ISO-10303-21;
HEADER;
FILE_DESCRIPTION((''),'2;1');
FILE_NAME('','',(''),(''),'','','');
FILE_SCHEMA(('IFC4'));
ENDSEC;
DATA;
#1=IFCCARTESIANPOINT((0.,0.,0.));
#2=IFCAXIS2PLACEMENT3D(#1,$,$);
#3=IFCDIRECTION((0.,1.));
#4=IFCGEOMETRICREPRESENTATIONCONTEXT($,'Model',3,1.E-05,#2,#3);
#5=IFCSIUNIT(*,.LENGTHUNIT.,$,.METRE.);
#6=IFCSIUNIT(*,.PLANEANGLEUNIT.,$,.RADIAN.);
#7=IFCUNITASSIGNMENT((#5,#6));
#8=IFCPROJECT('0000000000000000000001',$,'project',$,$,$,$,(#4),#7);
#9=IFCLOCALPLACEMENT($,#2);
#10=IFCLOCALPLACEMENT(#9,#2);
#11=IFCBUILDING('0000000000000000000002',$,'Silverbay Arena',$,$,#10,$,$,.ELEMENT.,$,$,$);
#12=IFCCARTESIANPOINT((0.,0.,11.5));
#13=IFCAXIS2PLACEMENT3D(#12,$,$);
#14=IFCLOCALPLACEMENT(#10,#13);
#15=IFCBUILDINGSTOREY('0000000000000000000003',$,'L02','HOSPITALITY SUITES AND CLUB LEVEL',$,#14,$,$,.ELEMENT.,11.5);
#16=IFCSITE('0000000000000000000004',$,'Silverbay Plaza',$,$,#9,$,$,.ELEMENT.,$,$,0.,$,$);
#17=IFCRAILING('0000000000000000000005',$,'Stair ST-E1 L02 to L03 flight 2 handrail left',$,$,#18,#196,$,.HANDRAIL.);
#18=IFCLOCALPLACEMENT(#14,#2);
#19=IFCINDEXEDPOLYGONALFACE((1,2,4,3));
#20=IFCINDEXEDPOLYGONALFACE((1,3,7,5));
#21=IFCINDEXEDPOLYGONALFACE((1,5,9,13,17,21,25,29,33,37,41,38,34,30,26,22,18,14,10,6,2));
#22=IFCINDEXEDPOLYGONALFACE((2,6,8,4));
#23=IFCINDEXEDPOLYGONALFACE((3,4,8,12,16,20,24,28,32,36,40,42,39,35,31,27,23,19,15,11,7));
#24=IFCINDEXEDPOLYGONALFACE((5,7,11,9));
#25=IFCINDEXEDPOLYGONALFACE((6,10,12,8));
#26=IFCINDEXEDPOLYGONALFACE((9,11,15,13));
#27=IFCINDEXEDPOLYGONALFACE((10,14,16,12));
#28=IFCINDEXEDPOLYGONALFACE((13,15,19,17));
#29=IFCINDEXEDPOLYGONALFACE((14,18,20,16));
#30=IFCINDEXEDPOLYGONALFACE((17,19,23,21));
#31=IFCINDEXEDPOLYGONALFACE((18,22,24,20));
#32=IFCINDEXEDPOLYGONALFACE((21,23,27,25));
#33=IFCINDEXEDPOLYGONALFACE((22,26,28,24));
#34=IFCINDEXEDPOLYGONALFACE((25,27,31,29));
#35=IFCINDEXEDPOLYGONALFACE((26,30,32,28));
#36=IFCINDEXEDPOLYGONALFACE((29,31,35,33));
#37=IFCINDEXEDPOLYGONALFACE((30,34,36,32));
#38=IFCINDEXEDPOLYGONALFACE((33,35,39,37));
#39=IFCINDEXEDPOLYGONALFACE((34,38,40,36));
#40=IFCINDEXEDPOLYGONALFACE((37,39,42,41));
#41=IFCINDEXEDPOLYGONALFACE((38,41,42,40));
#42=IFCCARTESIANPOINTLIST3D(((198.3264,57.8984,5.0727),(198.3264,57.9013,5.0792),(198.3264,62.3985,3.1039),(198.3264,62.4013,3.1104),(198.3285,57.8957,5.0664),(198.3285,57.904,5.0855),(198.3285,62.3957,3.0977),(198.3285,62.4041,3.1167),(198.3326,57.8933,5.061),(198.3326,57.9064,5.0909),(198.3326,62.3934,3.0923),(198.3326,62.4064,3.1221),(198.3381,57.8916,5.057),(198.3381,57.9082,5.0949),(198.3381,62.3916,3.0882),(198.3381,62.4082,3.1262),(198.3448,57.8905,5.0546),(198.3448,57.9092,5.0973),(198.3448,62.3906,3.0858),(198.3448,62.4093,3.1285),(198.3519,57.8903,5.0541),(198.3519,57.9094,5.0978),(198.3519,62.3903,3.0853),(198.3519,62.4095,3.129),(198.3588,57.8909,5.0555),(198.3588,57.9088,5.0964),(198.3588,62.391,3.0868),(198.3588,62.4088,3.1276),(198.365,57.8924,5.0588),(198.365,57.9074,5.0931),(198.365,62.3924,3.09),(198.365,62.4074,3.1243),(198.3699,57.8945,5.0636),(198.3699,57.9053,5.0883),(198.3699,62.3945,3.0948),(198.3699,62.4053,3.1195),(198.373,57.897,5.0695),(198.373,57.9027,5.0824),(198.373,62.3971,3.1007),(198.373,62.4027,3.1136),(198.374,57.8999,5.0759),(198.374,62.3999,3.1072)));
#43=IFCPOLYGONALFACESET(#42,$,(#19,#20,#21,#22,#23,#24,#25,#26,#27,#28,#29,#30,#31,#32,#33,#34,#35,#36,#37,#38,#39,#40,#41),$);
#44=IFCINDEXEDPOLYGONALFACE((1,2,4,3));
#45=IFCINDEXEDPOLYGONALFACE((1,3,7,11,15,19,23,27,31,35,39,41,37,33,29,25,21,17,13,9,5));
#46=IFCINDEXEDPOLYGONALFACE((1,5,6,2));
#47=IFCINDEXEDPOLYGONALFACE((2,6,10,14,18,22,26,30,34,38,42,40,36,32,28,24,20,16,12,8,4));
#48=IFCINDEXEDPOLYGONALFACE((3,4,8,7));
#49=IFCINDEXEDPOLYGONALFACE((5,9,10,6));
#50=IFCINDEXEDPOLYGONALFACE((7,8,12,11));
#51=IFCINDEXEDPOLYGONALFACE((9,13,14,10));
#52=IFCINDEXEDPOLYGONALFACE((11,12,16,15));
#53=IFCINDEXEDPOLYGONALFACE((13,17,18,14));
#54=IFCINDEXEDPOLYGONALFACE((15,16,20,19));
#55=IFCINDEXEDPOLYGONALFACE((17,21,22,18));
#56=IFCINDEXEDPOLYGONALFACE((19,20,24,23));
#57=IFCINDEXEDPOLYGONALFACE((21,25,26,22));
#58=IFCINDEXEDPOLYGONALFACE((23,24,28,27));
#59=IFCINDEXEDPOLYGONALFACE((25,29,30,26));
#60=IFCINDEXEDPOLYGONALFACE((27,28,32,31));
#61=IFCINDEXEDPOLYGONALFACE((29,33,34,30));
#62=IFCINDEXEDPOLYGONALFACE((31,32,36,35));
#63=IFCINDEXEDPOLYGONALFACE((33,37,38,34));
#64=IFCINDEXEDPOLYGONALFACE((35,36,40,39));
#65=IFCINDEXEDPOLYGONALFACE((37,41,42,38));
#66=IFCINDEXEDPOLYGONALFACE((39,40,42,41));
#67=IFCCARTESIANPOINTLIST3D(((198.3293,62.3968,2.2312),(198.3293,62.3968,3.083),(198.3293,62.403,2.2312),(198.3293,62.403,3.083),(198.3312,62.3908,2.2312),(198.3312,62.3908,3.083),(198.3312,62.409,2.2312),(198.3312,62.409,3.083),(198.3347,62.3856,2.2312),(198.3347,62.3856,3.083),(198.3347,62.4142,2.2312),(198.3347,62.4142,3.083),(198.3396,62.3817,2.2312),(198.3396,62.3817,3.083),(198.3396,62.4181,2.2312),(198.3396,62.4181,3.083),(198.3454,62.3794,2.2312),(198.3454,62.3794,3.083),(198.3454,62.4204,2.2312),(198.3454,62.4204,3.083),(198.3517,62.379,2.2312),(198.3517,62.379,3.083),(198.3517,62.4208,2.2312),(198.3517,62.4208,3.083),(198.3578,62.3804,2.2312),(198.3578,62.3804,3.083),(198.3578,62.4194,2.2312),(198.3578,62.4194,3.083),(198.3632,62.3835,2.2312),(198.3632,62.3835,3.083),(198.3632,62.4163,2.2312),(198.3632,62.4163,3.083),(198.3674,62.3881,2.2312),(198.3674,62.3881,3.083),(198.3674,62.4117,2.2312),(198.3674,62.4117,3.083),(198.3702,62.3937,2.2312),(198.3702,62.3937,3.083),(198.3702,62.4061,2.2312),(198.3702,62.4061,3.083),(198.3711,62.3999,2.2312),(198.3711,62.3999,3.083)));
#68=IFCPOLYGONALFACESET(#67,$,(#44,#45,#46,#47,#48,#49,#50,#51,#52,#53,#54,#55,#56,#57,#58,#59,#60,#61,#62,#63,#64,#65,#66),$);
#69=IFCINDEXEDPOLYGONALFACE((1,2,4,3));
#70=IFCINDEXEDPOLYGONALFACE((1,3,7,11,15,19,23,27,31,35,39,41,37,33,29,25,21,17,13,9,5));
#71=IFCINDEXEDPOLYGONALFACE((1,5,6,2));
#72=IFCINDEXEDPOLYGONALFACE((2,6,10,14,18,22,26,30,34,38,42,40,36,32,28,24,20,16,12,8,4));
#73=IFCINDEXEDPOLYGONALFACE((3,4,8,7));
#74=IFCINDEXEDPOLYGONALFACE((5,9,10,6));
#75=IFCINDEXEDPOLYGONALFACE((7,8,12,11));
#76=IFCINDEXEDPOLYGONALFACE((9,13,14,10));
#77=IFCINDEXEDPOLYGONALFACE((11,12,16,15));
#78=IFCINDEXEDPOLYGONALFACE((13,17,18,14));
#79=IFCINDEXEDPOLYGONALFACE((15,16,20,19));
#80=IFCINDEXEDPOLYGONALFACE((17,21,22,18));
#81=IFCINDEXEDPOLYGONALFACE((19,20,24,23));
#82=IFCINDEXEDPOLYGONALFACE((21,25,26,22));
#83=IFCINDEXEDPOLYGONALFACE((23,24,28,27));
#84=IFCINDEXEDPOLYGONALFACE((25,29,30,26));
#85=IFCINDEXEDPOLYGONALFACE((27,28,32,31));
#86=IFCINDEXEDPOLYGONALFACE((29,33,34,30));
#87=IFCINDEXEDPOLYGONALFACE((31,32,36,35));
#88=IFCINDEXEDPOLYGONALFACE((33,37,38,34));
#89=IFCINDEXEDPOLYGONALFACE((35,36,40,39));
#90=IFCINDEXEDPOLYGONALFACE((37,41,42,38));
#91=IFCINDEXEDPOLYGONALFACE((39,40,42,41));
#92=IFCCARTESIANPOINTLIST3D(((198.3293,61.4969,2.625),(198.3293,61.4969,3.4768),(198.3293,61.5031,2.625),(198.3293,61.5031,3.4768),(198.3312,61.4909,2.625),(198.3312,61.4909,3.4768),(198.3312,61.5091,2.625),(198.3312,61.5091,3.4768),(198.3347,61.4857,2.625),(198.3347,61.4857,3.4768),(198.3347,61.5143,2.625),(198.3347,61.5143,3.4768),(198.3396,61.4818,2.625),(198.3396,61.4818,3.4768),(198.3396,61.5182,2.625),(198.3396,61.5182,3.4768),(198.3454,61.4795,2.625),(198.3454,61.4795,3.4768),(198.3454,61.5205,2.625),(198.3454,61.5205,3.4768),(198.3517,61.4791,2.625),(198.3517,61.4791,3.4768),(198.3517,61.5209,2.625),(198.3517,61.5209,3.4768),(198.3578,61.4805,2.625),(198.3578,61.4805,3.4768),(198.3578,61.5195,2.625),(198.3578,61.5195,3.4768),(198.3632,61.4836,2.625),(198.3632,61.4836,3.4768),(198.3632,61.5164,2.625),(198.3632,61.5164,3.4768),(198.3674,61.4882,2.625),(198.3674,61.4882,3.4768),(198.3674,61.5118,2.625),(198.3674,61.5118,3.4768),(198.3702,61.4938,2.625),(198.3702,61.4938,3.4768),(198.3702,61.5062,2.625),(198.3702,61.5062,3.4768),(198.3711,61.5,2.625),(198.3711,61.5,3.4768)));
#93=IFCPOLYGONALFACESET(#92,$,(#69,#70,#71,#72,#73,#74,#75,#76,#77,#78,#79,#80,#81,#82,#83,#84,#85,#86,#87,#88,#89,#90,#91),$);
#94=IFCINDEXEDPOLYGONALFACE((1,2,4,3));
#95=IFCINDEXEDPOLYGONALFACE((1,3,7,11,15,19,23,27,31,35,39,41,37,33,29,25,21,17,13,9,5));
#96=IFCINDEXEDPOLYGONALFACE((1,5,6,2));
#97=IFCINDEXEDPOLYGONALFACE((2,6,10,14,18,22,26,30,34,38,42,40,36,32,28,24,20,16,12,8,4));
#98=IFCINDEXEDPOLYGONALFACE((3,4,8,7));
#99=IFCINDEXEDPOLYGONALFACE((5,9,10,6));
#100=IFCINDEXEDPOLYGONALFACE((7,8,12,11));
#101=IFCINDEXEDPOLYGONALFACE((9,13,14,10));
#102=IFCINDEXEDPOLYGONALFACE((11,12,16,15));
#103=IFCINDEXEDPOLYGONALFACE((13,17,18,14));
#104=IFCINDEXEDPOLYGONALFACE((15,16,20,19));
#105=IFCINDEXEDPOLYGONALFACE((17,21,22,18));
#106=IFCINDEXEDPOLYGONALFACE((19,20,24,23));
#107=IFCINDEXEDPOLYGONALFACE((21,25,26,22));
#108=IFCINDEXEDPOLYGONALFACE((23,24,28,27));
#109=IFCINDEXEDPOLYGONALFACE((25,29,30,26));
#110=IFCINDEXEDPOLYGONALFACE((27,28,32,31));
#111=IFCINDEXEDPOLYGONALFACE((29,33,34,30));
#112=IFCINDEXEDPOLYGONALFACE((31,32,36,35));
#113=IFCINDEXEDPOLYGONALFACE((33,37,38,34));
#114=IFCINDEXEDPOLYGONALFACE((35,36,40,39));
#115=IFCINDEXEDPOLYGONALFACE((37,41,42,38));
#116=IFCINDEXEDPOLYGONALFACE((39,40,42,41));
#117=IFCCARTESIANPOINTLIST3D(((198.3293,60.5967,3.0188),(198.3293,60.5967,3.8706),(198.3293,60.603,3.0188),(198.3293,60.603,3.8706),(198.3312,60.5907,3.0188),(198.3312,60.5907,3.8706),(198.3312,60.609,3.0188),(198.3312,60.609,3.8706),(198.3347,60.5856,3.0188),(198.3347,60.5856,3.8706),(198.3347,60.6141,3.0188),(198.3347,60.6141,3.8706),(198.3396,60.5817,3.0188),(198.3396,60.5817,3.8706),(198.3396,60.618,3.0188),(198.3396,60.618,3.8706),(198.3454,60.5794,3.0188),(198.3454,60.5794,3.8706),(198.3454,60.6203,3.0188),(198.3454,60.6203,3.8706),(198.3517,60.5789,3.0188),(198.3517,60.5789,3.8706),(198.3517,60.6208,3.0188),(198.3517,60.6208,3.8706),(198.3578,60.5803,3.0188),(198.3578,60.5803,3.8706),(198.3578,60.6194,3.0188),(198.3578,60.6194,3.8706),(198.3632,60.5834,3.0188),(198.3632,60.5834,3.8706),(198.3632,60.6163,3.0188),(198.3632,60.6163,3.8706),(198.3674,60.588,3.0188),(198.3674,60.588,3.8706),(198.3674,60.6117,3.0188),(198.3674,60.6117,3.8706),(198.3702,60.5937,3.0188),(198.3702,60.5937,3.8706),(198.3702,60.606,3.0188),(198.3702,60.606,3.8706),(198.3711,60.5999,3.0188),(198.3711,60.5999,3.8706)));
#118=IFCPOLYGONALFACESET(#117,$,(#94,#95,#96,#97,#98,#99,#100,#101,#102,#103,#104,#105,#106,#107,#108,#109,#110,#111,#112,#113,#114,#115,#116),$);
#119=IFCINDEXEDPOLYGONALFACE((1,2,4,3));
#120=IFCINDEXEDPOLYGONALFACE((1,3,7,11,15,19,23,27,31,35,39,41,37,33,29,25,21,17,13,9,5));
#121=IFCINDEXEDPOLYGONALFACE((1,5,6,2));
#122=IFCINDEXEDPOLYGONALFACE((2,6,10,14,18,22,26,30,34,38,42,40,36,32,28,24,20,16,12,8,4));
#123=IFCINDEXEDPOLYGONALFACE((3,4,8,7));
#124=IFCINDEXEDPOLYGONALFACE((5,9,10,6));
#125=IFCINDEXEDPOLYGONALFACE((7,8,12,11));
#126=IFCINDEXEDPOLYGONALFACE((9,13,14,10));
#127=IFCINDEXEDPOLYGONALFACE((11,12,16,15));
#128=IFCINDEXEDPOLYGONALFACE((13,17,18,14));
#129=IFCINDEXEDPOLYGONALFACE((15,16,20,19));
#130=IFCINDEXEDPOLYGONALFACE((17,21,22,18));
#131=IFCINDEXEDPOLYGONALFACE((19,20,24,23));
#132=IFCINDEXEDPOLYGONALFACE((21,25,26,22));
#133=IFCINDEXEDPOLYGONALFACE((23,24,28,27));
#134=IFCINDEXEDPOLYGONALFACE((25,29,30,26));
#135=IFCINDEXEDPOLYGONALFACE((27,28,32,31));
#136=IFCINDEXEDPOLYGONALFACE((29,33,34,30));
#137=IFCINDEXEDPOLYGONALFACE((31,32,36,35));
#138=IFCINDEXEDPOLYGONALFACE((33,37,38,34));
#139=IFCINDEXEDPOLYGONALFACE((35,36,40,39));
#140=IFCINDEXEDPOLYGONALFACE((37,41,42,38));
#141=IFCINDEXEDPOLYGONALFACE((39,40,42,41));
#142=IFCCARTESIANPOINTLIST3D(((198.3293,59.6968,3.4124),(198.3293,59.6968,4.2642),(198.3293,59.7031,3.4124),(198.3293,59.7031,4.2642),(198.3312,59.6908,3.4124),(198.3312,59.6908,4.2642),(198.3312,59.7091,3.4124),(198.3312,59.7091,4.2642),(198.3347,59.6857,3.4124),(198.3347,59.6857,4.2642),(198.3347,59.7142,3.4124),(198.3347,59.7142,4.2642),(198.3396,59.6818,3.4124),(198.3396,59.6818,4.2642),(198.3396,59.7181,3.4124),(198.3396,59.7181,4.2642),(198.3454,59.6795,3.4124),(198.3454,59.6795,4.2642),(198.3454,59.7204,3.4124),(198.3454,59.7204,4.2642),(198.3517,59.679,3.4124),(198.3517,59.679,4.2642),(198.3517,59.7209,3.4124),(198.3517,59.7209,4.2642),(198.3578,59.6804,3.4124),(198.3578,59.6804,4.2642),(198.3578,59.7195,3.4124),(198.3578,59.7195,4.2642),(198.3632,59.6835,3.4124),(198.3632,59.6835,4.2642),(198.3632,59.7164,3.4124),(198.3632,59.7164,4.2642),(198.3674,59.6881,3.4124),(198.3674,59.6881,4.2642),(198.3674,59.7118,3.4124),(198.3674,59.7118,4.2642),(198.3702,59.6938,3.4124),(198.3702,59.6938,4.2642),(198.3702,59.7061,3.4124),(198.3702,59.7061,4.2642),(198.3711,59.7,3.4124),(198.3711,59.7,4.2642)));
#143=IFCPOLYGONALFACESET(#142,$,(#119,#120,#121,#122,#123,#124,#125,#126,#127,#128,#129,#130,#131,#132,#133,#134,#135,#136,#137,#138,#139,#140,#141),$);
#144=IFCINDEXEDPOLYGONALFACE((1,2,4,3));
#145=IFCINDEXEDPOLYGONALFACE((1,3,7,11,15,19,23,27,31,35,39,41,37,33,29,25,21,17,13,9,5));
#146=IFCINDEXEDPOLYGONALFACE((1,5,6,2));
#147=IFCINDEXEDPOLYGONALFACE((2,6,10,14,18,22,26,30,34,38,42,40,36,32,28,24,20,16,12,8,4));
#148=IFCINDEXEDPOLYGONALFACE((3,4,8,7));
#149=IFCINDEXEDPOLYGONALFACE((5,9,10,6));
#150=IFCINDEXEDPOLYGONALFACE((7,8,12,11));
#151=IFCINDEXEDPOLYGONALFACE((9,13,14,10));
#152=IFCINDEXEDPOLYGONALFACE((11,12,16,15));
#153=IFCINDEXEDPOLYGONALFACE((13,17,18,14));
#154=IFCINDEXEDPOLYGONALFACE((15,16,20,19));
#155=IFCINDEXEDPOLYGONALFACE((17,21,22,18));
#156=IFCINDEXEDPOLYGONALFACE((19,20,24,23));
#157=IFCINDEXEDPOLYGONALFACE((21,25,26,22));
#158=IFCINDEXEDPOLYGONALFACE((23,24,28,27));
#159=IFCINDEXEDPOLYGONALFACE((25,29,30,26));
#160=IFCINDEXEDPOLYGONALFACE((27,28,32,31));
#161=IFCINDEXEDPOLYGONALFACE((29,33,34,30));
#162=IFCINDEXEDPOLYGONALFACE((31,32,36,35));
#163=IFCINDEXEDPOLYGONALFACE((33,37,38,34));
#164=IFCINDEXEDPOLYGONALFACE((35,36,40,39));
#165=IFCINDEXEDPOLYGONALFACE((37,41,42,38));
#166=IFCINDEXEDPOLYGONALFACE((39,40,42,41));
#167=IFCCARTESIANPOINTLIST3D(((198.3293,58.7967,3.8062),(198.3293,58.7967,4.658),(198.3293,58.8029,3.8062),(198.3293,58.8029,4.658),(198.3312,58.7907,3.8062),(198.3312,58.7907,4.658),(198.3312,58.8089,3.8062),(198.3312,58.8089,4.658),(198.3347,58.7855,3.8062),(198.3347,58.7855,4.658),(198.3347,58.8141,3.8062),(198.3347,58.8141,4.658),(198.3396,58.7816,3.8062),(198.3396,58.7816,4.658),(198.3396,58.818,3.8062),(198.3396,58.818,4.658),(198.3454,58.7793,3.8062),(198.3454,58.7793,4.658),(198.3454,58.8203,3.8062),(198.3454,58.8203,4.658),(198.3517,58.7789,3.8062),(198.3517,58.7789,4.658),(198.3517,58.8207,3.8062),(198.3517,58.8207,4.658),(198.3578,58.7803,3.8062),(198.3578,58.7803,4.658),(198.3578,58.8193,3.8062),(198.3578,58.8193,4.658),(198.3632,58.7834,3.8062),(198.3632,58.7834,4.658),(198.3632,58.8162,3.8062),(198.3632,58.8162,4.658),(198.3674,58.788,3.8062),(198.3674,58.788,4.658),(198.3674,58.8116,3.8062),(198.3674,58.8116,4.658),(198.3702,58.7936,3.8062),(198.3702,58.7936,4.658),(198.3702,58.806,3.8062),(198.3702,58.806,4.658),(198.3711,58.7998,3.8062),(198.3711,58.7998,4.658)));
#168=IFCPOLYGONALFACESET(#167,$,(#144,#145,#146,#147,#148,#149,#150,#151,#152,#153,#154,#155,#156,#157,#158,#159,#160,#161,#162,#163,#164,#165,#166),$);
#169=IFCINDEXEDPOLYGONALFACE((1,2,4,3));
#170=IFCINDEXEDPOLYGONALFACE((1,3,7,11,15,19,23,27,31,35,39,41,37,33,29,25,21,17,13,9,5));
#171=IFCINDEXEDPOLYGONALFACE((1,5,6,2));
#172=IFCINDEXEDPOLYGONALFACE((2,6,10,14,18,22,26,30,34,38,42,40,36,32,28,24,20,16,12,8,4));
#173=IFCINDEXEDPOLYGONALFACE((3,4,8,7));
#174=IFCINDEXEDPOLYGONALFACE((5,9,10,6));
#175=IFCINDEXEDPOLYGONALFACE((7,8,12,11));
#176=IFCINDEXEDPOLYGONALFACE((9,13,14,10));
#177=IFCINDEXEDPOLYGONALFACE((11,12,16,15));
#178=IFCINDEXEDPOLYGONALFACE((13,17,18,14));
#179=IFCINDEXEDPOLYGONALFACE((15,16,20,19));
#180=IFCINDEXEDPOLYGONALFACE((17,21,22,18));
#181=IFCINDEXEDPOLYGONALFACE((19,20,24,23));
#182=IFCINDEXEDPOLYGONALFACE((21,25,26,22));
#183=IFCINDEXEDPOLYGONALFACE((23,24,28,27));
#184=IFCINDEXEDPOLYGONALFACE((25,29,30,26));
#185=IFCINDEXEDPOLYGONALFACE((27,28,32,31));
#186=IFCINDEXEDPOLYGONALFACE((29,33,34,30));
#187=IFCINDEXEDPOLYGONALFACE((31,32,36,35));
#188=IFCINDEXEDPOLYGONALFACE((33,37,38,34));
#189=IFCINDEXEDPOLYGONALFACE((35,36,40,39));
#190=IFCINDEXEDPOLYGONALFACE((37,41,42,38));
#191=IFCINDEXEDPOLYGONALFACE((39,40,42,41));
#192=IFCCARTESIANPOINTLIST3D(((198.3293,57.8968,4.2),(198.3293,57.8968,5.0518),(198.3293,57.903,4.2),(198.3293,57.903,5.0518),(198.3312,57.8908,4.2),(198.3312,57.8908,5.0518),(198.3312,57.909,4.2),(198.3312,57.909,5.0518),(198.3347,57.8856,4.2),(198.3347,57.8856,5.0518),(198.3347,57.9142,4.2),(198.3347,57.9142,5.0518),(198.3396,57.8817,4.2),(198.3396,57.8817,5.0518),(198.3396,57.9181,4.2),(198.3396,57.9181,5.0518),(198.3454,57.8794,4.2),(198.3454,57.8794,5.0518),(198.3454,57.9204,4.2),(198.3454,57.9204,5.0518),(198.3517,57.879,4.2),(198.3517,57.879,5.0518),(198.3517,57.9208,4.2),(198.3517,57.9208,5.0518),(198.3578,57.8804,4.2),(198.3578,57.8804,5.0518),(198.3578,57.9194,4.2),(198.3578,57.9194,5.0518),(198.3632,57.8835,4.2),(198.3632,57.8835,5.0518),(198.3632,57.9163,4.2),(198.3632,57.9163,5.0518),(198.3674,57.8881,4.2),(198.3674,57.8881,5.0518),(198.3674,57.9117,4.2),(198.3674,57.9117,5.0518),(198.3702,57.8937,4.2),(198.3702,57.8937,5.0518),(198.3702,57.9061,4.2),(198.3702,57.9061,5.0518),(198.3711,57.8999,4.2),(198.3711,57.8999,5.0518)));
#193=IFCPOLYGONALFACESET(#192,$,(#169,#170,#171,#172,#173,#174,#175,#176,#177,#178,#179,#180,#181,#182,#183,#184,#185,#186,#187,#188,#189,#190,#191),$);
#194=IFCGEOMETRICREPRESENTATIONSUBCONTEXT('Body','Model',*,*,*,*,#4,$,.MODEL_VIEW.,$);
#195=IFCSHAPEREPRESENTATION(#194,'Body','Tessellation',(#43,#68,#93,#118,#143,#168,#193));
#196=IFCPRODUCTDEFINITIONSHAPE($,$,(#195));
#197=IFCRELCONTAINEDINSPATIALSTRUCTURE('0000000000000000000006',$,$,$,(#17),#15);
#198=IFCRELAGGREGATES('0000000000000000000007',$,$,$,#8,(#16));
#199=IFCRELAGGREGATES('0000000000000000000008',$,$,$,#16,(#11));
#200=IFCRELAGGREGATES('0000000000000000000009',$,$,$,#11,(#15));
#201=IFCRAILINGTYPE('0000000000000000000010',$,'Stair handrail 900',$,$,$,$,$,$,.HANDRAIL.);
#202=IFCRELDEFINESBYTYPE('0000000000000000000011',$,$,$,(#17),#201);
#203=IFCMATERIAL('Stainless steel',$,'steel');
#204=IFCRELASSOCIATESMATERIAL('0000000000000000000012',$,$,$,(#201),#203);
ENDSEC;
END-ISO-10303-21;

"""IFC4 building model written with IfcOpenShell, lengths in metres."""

from ifc_helpers import new_model, si_unit, direction, frame, origin, origin_2d, place, context, subcontext, project, spatial, circle, extrude, material, type_object, element, save


model = new_model("IFC4")

# Units and contexts
model_context = context("Model", 3, precision=1e-05, world=origin(), true_north=direction((0.0, 1.0)))
body_context = subcontext(model_context, "Body", "Model", "MODEL_VIEW")
ifc_project = project(units=[si_unit("LENGTHUNIT", "METRE"), si_unit("PLANEANGLEUNIT", "RADIAN")], contexts=[model_context])

# Site, building, storey
site_placement = place(None, origin())
site = spatial("IfcSite", under=ifc_project, at=site_placement, Name="Silverbay Plaza", CompositionType="ELEMENT", RefElevation=0.0)
building_placement = place(site_placement, origin())
building = spatial("IfcBuilding", under=site, at=building_placement, Name="Silverbay Arena", CompositionType="ELEMENT")
storey_placement = place(building_placement, frame((0.0, 0.0, 11.5)))
storey = spatial("IfcBuildingStorey", under=building, at=storey_placement, Name="L02", Description="HOSPITALITY SUITES AND CLUB LEVEL", CompositionType="ELEMENT", Elevation=11.5)

# Railing
ifc_material_1 = material(Name="Stainless steel", Category="steel")
railing_type_1 = type_object("IfcRailingType", Name="Stair handrail 900", PredefinedType="HANDRAIL", material=ifc_material_1)
for number, where, name in (
    (1, (198.3501, 62.3999, 2.2312), "Stair ST-E1 L02 to L03 flight 2 handrail left"),
):
    element("IfcRailing", number, at=place(storey_placement, frame(where)), inside=storey, type_object=railing_type_1, Name=name, PredefinedType="HANDRAIL", context=body_context, shape_type="SweptSolid", body=[
        extrude(circle(Radius=0.0239, at=origin_2d()), frame((0.0, 0.0, 0.876), z_axis=(0.0, -0.916157, 0.400819), x_axis=(1.0, 0.0, 0.0)), (0.0, 0.0, 1.0), 4.9119),
        extrude(circle(Radius=0.021, at=origin_2d()), origin(), (0.0, 0.0, 1.0), 0.8518),
        extrude(circle(Radius=0.021, at=origin_2d()), frame((0.0, -0.8999, 0.3938)), (0.0, 0.0, 1.0), 0.8518),
        extrude(circle(Radius=0.021, at=origin_2d()), frame((0.0, -1.8, 0.7876)), (0.0, 0.0, 1.0), 0.8518),
        extrude(circle(Radius=0.021, at=origin_2d()), frame((0.0, -2.7, 1.1812)), (0.0, 0.0, 1.0), 0.8518),
        extrude(circle(Radius=0.021, at=origin_2d()), frame((0.0, -3.6001, 1.575)), (0.0, 0.0, 1.0), 0.8518),
        extrude(circle(Radius=0.021, at=origin_2d()), frame((0.0, -4.5, 1.9688)), (0.0, 0.0, 1.0), 0.8518),
    ])

save(model, "model.ifc")
